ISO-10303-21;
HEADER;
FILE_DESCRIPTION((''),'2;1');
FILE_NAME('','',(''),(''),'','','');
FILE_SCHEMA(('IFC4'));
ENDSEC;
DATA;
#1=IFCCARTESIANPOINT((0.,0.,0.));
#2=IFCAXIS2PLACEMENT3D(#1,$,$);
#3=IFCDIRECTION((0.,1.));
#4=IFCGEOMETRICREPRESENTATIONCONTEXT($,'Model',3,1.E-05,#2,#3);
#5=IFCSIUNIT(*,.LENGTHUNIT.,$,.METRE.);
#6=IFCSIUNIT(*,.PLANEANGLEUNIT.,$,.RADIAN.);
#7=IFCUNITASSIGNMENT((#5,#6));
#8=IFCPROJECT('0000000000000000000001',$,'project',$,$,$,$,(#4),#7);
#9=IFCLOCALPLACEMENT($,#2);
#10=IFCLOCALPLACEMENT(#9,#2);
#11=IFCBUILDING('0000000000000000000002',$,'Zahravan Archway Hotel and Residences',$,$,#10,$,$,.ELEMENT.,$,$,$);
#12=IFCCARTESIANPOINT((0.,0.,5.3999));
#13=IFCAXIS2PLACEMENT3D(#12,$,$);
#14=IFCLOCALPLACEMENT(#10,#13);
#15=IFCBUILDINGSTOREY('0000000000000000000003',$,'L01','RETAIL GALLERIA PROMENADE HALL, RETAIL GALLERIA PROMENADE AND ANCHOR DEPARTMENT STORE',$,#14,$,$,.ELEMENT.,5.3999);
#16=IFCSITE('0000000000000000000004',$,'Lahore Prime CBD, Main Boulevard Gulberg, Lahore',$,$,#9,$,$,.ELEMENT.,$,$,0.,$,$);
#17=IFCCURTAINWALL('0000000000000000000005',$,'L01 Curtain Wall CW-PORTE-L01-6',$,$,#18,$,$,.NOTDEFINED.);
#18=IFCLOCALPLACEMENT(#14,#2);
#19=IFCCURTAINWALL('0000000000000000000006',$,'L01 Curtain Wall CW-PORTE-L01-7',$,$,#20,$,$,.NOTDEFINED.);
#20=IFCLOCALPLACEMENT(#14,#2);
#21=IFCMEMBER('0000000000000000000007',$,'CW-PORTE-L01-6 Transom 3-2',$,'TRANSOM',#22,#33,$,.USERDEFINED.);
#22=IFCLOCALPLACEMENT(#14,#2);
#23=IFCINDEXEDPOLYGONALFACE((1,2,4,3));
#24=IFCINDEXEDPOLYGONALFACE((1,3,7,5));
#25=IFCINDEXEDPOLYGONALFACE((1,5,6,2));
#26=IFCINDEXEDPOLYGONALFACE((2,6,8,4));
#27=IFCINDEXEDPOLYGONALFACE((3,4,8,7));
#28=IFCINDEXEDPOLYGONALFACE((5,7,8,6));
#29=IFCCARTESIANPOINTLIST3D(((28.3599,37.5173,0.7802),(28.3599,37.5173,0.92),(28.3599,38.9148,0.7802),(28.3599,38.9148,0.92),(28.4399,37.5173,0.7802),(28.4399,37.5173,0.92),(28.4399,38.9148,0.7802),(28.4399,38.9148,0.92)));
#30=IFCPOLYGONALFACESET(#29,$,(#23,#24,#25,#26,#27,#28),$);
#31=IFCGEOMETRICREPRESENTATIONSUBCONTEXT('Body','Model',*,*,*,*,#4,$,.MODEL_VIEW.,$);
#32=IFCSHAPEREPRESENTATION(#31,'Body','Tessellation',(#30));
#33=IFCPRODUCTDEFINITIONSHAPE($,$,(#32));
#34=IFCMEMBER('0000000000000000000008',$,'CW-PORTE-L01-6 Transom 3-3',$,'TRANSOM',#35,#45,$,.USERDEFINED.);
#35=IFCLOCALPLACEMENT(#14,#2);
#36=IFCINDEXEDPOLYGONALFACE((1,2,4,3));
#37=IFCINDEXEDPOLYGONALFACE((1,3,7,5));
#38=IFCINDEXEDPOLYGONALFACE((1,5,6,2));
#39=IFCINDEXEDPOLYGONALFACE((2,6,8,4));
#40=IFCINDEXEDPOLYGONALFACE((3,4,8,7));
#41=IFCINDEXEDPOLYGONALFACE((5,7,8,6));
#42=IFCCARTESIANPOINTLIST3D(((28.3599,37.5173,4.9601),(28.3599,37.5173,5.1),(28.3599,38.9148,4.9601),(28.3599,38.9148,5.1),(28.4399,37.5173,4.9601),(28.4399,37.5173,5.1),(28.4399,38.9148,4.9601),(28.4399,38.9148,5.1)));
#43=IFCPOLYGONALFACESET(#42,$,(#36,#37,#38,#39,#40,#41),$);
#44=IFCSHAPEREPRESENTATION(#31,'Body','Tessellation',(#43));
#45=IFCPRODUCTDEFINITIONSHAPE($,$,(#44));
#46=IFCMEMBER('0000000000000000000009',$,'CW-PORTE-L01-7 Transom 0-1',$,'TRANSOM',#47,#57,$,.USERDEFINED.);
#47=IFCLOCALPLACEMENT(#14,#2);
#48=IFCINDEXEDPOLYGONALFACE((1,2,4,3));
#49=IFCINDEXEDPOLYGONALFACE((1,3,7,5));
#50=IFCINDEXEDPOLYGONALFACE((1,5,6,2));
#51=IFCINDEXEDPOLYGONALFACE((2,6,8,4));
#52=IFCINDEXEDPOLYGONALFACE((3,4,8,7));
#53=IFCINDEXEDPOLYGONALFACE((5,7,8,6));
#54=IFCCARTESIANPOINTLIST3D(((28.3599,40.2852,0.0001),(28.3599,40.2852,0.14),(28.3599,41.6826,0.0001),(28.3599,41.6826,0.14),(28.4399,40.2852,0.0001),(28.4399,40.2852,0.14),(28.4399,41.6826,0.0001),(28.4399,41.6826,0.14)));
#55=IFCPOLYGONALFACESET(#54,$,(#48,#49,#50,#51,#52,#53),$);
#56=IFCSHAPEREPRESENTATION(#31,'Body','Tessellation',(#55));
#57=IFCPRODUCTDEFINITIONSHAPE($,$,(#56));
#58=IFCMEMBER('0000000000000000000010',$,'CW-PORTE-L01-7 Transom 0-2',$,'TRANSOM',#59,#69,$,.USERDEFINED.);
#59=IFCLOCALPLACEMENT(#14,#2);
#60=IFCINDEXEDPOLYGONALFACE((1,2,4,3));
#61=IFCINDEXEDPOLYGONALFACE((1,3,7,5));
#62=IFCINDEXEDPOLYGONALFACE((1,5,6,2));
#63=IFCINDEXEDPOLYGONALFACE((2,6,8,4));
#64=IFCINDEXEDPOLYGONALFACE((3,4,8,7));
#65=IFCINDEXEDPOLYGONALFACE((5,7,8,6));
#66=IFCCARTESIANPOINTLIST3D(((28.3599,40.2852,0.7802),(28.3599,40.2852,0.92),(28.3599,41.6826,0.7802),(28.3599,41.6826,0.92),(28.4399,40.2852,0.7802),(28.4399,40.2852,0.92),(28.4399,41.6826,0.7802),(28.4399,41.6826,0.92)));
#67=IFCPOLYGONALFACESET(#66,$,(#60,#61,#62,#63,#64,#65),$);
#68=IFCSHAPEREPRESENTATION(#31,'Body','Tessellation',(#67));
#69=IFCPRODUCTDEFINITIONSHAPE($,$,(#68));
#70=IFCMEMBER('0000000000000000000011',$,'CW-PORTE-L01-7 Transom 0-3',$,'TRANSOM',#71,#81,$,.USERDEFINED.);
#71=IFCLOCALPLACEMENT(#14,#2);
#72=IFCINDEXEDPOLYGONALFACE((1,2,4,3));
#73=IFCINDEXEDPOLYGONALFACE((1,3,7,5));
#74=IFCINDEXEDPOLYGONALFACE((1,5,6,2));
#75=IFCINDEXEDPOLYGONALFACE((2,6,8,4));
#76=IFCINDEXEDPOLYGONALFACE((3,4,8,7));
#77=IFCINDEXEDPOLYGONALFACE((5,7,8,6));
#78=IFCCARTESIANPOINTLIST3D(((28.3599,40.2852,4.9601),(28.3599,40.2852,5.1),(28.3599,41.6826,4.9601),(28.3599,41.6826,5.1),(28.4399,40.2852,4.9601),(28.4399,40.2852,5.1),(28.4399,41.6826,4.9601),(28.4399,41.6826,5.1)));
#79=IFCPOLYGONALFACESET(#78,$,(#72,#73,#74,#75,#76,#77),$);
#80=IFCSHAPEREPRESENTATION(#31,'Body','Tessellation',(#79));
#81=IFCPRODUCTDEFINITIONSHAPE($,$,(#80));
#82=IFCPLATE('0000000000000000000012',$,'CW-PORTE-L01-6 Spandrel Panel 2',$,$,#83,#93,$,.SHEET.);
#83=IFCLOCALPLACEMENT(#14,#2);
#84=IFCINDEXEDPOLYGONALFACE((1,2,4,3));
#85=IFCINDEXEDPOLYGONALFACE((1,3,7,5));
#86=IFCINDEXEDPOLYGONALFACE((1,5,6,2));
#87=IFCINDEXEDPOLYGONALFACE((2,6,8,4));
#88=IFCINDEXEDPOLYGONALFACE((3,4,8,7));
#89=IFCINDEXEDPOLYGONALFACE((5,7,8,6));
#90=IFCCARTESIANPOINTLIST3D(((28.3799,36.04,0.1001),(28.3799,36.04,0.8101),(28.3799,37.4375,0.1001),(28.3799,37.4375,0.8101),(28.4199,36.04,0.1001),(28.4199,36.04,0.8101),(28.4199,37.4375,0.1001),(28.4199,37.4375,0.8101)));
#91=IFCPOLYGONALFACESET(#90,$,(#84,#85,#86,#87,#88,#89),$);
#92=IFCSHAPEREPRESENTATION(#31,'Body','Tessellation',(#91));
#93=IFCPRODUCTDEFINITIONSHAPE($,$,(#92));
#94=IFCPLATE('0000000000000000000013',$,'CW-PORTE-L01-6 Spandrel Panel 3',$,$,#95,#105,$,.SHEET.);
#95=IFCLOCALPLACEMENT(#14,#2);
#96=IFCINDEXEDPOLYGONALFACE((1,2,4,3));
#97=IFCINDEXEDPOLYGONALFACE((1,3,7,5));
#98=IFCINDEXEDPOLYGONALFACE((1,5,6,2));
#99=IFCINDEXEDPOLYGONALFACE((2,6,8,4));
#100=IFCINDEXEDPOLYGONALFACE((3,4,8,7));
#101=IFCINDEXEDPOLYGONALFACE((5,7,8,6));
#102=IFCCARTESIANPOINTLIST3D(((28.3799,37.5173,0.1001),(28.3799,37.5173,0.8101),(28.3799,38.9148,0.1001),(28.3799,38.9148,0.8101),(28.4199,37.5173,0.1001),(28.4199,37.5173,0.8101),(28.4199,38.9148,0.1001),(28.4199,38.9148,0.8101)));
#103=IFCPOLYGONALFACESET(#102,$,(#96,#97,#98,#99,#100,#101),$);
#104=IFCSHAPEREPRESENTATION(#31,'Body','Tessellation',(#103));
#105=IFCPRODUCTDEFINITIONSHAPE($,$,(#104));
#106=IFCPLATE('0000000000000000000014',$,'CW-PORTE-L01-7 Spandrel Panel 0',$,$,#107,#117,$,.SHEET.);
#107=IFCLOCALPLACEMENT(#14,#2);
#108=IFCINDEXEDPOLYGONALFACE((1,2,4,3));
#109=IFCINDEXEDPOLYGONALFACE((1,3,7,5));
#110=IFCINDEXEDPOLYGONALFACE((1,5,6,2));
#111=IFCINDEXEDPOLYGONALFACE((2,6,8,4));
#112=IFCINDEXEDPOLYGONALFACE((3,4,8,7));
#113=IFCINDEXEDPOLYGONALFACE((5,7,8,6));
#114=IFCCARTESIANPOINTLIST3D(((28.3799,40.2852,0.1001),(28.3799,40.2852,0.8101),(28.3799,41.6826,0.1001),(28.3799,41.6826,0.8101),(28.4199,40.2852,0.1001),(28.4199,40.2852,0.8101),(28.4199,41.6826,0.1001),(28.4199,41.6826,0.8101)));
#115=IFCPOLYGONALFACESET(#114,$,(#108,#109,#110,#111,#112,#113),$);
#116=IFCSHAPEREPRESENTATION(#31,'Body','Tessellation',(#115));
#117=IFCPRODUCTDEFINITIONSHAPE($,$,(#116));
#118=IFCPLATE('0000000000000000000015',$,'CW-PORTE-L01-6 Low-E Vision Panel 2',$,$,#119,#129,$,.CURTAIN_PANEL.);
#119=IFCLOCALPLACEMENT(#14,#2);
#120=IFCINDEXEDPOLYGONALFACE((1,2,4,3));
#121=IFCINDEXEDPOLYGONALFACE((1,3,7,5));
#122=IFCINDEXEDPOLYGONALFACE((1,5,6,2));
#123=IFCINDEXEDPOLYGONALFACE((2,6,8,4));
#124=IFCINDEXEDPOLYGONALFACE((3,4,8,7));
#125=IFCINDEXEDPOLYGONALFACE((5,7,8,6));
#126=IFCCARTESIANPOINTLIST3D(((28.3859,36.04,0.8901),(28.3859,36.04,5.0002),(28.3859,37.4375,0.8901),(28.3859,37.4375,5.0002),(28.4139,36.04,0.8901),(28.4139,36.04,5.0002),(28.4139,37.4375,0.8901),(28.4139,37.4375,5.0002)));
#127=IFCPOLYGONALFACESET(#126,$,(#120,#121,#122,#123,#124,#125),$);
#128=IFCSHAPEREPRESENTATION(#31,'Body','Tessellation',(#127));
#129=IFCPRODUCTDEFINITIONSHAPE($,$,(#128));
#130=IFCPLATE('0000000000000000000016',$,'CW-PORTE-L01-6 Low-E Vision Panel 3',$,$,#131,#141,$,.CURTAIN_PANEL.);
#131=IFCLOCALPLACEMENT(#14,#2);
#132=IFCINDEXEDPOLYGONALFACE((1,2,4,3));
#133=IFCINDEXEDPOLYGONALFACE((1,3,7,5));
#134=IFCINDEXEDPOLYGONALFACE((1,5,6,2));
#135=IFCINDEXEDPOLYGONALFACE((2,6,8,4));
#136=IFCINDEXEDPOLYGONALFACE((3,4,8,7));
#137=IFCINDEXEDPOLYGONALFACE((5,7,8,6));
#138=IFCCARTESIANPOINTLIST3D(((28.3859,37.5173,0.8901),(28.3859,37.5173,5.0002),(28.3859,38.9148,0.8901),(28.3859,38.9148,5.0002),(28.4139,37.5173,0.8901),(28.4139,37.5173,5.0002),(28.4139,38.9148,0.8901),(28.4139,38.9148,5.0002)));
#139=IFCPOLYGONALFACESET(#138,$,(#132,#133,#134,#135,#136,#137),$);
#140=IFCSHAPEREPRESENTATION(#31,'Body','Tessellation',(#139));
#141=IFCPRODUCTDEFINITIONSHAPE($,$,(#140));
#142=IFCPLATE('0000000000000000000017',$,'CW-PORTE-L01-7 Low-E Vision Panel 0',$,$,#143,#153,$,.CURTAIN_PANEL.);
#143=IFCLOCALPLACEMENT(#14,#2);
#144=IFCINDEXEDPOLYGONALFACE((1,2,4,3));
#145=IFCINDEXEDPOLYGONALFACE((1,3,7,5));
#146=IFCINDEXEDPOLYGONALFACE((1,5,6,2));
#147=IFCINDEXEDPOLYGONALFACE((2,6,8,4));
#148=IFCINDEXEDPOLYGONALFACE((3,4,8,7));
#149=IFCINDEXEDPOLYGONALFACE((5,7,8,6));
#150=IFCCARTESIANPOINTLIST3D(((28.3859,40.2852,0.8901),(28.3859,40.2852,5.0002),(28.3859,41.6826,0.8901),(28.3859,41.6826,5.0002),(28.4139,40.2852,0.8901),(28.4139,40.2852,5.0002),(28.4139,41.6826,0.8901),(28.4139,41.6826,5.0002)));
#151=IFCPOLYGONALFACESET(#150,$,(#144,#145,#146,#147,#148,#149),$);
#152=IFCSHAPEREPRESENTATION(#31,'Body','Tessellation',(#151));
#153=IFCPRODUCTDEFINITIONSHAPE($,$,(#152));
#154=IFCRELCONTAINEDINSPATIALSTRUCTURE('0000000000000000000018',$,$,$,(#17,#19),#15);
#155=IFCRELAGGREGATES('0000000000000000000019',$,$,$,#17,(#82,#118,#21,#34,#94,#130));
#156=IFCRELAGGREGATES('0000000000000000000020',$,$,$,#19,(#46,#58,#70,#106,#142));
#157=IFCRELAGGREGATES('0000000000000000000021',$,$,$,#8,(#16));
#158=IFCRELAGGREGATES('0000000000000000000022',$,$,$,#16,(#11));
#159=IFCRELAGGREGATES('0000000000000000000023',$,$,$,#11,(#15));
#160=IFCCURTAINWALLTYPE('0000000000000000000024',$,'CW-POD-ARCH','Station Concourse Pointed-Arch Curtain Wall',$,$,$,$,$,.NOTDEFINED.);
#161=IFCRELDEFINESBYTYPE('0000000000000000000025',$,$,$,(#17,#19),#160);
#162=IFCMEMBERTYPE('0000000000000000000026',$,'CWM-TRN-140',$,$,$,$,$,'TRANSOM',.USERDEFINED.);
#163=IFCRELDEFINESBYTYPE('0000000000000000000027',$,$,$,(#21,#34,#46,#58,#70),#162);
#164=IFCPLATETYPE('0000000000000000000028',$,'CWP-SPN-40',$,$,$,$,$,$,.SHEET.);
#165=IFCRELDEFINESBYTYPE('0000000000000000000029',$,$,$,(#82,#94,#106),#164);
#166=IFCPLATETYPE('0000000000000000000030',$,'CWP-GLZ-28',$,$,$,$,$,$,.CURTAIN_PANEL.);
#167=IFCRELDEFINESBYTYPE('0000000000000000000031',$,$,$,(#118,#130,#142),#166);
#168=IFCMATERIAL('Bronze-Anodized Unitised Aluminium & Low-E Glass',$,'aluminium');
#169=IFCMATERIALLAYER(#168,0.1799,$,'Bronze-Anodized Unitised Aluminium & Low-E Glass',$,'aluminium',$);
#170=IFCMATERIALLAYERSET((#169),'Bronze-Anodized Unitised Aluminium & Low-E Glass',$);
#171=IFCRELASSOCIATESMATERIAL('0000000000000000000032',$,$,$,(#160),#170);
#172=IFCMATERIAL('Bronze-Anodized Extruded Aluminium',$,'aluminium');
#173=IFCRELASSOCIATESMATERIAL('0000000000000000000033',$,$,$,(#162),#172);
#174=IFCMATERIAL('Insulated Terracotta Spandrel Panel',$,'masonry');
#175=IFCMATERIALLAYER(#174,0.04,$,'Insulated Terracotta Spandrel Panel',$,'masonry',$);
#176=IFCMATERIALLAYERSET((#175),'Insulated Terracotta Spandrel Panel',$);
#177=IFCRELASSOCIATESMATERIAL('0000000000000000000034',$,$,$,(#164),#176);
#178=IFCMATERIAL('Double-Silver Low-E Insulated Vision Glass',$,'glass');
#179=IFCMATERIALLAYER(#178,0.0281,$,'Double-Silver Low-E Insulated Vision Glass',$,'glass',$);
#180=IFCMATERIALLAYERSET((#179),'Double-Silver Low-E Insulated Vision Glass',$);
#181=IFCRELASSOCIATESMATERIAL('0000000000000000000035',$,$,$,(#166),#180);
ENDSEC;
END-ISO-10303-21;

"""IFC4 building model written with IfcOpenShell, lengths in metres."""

from ifc_helpers import new_model, si_unit, direction, frame, origin, origin_2d, place, context, subcontext, project, spatial, rectangle, extrude, source, transform, mapped, material, layer, layer_set, material_profile, profile_set, type_object, element, aggregate, save


model = new_model("IFC4")

# Units and contexts
model_context = context("Model", 3, precision=1e-05, world=origin(), true_north=direction((0.0, 1.0)))
body_context = subcontext(model_context, "Body", "Model", "MODEL_VIEW")
ifc_project = project(units=[si_unit("LENGTHUNIT", "METRE"), si_unit("PLANEANGLEUNIT", "RADIAN")], contexts=[model_context])

# Site, building, storey
site_placement = place(None, origin())
site = spatial("IfcSite", under=ifc_project, at=site_placement, Name="Lahore Prime CBD, Main Boulevard Gulberg, Lahore", CompositionType="ELEMENT", RefElevation=0.0)
building_placement = place(site_placement, origin())
building = spatial("IfcBuilding", under=site, at=building_placement, Name="Zahravan Archway Hotel and Residences", CompositionType="ELEMENT")
storey_placement = place(building_placement, frame((0.0, 0.0, 5.3999)))
storey = spatial("IfcBuildingStorey", under=building, at=storey_placement, Name="L01", Description="RETAIL GALLERIA PROMENADE HALL, RETAIL GALLERIA PROMENADE AND ANCHOR DEPARTMENT STORE", CompositionType="ELEMENT", Elevation=5.3999)

# Curtain walls
ifc_material_1 = material(Name="Bronze-Anodized Unitised Aluminium & Low-E Glass", Category="aluminium")
ifc_layer_1 = layer(ifc_material_1, 0.1799, Name="Bronze-Anodized Unitised Aluminium & Low-E Glass", Category="aluminium")
ifc_layer_set_1 = layer_set([ifc_layer_1], Name="Bronze-Anodized Unitised Aluminium & Low-E Glass")
curtain_wall_type = type_object("IfcCurtainWallType", Name="CW-POD-ARCH", Description="Station Concourse Pointed-Arch Curtain Wall", PredefinedType="NOTDEFINED", material=ifc_layer_set_1)
curtain_wall_1_placement = place(storey_placement, origin())
curtain_wall_1 = element("IfcCurtainWall", 1, at=curtain_wall_1_placement, inside=storey, type_object=curtain_wall_type, Name="L01 Curtain Wall CW-PORTE-L01-6", PredefinedType="NOTDEFINED")
ifc_material_2 = material(Name="Bronze-Anodized Extruded Aluminium", Category="aluminium")
curtain_wall_2_placement = place(storey_placement, origin())
curtain_wall_2 = element("IfcCurtainWall", 2, at=curtain_wall_2_placement, inside=storey, type_object=curtain_wall_type, Name="L01 Curtain Wall CW-PORTE-L01-7", PredefinedType="NOTDEFINED")
ifc_material_profile_1 = material_profile(ifc_material_2, rectangle(XDim=0.0801, YDim=0.1399, at=origin_2d()), Name="TRN 80x140", Category="aluminium")
ifc_profile_set_1 = profile_set([ifc_material_profile_1], Name="Bronze-Anodized Extruded Aluminium")
member_type_1 = type_object("IfcMemberType", Name="CWM-TRN-140", ElementType="TRANSOM", PredefinedType="USERDEFINED", material=ifc_profile_set_1)

# Members
shared_shape_1 = source(origin(), body_context, "Body", "SweptSolid", [
    extrude(rectangle(XDim=0.0801, YDim=0.1399, at=origin_2d()), origin(), (0.0, 0.0, 1.0), 1.3975),
])
member_1_placement = place(storey_placement, frame((28.3999, 37.5173, 0.8501), z_axis=(0.0, 1.0, 0.0), x_axis=(-1.0, 0.0, 0.0)))
member_1 = element("IfcMember", 3, at=member_1_placement, type_object=member_type_1, Name="CW-PORTE-L01-6 Transom 3-2", ObjectType="TRANSOM", PredefinedType="USERDEFINED", context=body_context, shape_type="MappedRepresentation", body=[
    mapped(shared_shape_1, transform((0.0, 0.0, 0.0), scale=1.0)),
])
member_2_placement = place(storey_placement, frame((28.3999, 37.5173, 5.03), z_axis=(0.0, 1.0, 0.0), x_axis=(-1.0, 0.0, 0.0)))
member_2 = element("IfcMember", 4, at=member_2_placement, type_object=member_type_1, Name="CW-PORTE-L01-6 Transom 3-3", ObjectType="TRANSOM", PredefinedType="USERDEFINED", context=body_context, shape_type="MappedRepresentation", body=[
    mapped(shared_shape_1, transform((0.0, 0.0, 0.0), scale=1.0)),
])
member_3_placement = place(storey_placement, frame((28.3999, 40.2852, 0.0701), z_axis=(0.0, 1.0, 0.0), x_axis=(-1.0, 0.0, 0.0)))
member_3 = element("IfcMember", 5, at=member_3_placement, type_object=member_type_1, Name="CW-PORTE-L01-7 Transom 0-1", ObjectType="TRANSOM", PredefinedType="USERDEFINED", context=body_context, shape_type="MappedRepresentation", body=[
    mapped(shared_shape_1, transform((0.0, 0.0, 0.0), scale=1.0)),
])
member_4_placement = place(storey_placement, frame((28.3999, 40.2852, 0.8501), z_axis=(0.0, 1.0, 0.0), x_axis=(-1.0, 0.0, 0.0)))
member_4 = element("IfcMember", 6, at=member_4_placement, type_object=member_type_1, Name="CW-PORTE-L01-7 Transom 0-2", ObjectType="TRANSOM", PredefinedType="USERDEFINED", context=body_context, shape_type="MappedRepresentation", body=[
    mapped(shared_shape_1, transform((0.0, 0.0, 0.0), scale=1.0)),
])
member_5_placement = place(storey_placement, frame((28.3999, 40.2852, 5.03), z_axis=(0.0, 1.0, 0.0), x_axis=(-1.0, 0.0, 0.0)))
member_5 = element("IfcMember", 7, at=member_5_placement, type_object=member_type_1, Name="CW-PORTE-L01-7 Transom 0-3", ObjectType="TRANSOM", PredefinedType="USERDEFINED", context=body_context, shape_type="MappedRepresentation", body=[
    mapped(shared_shape_1, transform((0.0, 0.0, 0.0), scale=1.0)),
])

# Plates
ifc_material_3 = material(Name="Insulated Terracotta Spandrel Panel", Category="masonry")
ifc_layer_2 = layer(ifc_material_3, 0.04, Name="Insulated Terracotta Spandrel Panel", Category="masonry")
ifc_layer_set_2 = layer_set([ifc_layer_2], Name="Insulated Terracotta Spandrel Panel")
plate_type_1 = type_object("IfcPlateType", Name="CWP-SPN-40", PredefinedType="SHEET", material=ifc_layer_set_2)
shared_shape_2 = source(origin(), body_context, "Body", "SweptSolid", [
    extrude(rectangle(XDim=1.3975, YDim=0.04, at=origin_2d()), origin(), (0.0, 0.0, 1.0), 0.71),
])
plate_1_placement = place(storey_placement, frame((28.3999, 36.7388, 0.1001), z_axis=(0.0, 0.0, 1.0), x_axis=(0.0, 1.0, 0.0)))
plate_1 = element("IfcPlate", 8, at=plate_1_placement, type_object=plate_type_1, Name="CW-PORTE-L01-6 Spandrel Panel 2", PredefinedType="SHEET", context=body_context, shape_type="MappedRepresentation", body=[
    mapped(shared_shape_2, transform((0.0, 0.0, 0.0), scale=1.0)),
])
plate_2_placement = place(storey_placement, frame((28.3999, 38.2161, 0.1001), z_axis=(0.0, 0.0, 1.0), x_axis=(0.0, 1.0, 0.0)))
plate_2 = element("IfcPlate", 9, at=plate_2_placement, type_object=plate_type_1, Name="CW-PORTE-L01-6 Spandrel Panel 3", PredefinedType="SHEET", context=body_context, shape_type="MappedRepresentation", body=[
    mapped(shared_shape_2, transform((0.0, 0.0, 0.0), scale=1.0)),
])
plate_3_placement = place(storey_placement, frame((28.3999, 40.9839, 0.1001), z_axis=(0.0, 0.0, 1.0), x_axis=(0.0, 1.0, 0.0)))
plate_3 = element("IfcPlate", 10, at=plate_3_placement, type_object=plate_type_1, Name="CW-PORTE-L01-7 Spandrel Panel 0", PredefinedType="SHEET", context=body_context, shape_type="MappedRepresentation", body=[
    mapped(shared_shape_2, transform((0.0, 0.0, 0.0), scale=1.0)),
])
ifc_material_4 = material(Name="Double-Silver Low-E Insulated Vision Glass", Category="glass")
ifc_layer_3 = layer(ifc_material_4, 0.0281, Name="Double-Silver Low-E Insulated Vision Glass", Category="glass")
ifc_layer_set_3 = layer_set([ifc_layer_3], Name="Double-Silver Low-E Insulated Vision Glass")
plate_type_2 = type_object("IfcPlateType", Name="CWP-GLZ-28", PredefinedType="CURTAIN_PANEL", material=ifc_layer_set_3)
shared_shape_3 = source(origin(), body_context, "Body", "SweptSolid", [
    extrude(rectangle(XDim=1.3975, YDim=0.0281, at=origin_2d()), origin(), (0.0, 0.0, 1.0), 4.1101),
])
plate_4_placement = place(storey_placement, frame((28.3999, 36.7388, 0.8901), z_axis=(0.0, 0.0, 1.0), x_axis=(0.0, 1.0, 0.0)))
plate_4 = element("IfcPlate", 11, at=plate_4_placement, type_object=plate_type_2, Name="CW-PORTE-L01-6 Low-E Vision Panel 2", PredefinedType="CURTAIN_PANEL", context=body_context, shape_type="MappedRepresentation", body=[
    mapped(shared_shape_3, transform((0.0, 0.0, 0.0), scale=1.0)),
])
plate_5_placement = place(storey_placement, frame((28.3999, 38.2161, 0.8901), z_axis=(0.0, 0.0, 1.0), x_axis=(0.0, 1.0, 0.0)))
plate_5 = element("IfcPlate", 12, at=plate_5_placement, type_object=plate_type_2, Name="CW-PORTE-L01-6 Low-E Vision Panel 3", PredefinedType="CURTAIN_PANEL", context=body_context, shape_type="MappedRepresentation", body=[
    mapped(shared_shape_3, transform((0.0, 0.0, 0.0), scale=1.0)),
])
aggregate(curtain_wall_1, [plate_1, plate_4, member_1, member_2, plate_2, plate_5])
plate_6_placement = place(storey_placement, frame((28.3999, 40.9839, 0.8901), z_axis=(0.0, 0.0, 1.0), x_axis=(0.0, 1.0, 0.0)))
plate_6 = element("IfcPlate", 13, at=plate_6_placement, type_object=plate_type_2, Name="CW-PORTE-L01-7 Low-E Vision Panel 0", PredefinedType="CURTAIN_PANEL", context=body_context, shape_type="MappedRepresentation", body=[
    mapped(shared_shape_3, transform((0.0, 0.0, 0.0), scale=1.0)),
])
aggregate(curtain_wall_2, [member_3, member_4, member_5, plate_3, plate_6])

save(model, "model.ifc")
